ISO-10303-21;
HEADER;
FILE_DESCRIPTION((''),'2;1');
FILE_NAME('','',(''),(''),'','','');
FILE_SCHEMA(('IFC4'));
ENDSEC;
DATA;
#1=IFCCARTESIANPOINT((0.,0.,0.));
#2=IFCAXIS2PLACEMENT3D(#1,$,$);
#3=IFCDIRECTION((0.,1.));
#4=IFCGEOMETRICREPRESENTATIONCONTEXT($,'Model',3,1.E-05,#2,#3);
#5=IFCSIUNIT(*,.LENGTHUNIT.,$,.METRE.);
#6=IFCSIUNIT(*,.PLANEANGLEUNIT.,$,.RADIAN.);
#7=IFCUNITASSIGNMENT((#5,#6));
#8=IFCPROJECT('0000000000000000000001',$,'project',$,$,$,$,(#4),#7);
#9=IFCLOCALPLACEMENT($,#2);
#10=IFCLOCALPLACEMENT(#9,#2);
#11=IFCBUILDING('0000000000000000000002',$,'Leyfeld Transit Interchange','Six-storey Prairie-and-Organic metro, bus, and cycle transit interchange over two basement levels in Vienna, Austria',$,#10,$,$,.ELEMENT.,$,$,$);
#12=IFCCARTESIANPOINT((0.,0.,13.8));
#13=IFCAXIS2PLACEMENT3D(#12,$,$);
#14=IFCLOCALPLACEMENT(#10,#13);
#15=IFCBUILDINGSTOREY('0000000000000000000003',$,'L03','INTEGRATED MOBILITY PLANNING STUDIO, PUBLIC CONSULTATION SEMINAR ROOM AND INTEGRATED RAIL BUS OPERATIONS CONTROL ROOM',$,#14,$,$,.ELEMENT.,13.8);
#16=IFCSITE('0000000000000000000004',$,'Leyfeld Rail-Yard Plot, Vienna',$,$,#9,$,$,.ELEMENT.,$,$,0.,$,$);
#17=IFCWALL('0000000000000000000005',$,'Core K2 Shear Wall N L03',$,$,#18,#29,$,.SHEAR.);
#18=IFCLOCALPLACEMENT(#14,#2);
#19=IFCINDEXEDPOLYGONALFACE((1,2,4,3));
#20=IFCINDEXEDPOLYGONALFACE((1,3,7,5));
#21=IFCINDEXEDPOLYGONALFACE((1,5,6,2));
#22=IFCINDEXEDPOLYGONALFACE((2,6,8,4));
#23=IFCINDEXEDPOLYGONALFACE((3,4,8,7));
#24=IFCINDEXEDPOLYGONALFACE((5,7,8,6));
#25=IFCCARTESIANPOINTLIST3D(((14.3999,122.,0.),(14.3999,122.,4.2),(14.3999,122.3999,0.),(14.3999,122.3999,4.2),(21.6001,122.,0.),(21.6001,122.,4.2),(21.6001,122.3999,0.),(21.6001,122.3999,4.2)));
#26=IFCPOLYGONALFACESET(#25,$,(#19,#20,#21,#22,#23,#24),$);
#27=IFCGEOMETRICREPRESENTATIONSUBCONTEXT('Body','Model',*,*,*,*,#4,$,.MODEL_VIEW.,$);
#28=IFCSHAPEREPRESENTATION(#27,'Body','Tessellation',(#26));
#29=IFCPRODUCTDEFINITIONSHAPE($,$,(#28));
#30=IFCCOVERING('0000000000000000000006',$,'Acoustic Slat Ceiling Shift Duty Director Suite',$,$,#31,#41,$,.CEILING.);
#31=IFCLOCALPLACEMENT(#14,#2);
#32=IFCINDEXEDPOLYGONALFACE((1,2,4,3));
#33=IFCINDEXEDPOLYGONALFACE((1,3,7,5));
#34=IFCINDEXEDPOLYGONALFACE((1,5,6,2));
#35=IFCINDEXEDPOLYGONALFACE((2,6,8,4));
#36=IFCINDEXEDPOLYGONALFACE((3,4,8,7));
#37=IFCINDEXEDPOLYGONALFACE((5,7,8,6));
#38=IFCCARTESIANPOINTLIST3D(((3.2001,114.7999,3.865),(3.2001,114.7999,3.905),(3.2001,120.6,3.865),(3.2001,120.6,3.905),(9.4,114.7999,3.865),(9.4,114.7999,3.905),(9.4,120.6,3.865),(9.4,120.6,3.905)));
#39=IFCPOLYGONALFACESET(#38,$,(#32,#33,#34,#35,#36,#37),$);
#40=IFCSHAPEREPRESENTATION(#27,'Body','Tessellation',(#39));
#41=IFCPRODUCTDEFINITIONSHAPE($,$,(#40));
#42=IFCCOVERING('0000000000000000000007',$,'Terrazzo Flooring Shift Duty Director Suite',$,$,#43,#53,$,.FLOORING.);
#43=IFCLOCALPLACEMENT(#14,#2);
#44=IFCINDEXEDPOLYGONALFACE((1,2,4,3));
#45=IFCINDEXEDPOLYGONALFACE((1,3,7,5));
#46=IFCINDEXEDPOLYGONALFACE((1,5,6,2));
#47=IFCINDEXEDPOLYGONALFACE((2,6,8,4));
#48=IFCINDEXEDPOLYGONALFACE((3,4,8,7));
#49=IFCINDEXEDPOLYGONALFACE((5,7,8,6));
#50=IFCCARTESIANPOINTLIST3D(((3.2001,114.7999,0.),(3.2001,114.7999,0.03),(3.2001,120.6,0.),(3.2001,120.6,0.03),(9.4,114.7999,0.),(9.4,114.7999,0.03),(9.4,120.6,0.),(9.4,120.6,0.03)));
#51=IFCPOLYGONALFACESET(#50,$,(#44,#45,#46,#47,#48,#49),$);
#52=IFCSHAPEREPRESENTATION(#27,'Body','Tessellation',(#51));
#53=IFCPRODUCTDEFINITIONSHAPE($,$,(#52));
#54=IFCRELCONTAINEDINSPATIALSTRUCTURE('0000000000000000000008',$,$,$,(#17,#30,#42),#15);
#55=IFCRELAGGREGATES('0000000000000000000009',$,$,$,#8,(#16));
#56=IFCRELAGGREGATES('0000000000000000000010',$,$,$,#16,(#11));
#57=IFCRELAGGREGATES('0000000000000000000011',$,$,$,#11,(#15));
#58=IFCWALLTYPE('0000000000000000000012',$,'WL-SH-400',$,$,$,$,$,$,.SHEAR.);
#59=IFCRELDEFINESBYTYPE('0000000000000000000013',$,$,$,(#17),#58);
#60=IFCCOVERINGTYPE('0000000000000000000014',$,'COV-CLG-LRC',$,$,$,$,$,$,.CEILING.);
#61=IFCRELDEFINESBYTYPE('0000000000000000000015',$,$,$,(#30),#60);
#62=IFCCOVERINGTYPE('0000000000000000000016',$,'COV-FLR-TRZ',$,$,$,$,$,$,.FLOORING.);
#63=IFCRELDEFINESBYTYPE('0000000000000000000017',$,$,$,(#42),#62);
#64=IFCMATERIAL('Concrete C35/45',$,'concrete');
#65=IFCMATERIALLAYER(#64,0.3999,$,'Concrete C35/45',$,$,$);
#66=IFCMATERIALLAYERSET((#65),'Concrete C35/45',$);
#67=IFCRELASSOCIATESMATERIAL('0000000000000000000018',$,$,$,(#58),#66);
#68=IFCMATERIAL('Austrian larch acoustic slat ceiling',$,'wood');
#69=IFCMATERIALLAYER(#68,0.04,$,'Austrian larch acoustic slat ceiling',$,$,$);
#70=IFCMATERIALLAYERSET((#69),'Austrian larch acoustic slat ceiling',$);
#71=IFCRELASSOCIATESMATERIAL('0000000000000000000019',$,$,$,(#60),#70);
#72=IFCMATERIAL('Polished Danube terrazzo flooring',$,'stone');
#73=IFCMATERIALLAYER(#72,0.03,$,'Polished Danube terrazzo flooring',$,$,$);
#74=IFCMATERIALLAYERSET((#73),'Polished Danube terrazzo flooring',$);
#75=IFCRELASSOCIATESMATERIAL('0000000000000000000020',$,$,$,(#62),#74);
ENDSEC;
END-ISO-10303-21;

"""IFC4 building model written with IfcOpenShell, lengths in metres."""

from ifc_helpers import new_model, si_unit, direction, frame, frame_2d, origin, origin_2d, place, context, subcontext, project, spatial, rectangle, extrude, material, layer, layer_set, type_object, element, save


model = new_model("IFC4")

# Units and contexts
model_context = context("Model", 3, precision=1e-05, world=origin(), true_north=direction((0.0, 1.0)))
body_context = subcontext(model_context, "Body", "Model", "MODEL_VIEW")
ifc_project = project(units=[si_unit("LENGTHUNIT", "METRE"), si_unit("PLANEANGLEUNIT", "RADIAN")], contexts=[model_context])

# Site, building, storey
site_placement = place(None, origin())
site = spatial("IfcSite", under=ifc_project, at=site_placement, Name="Leyfeld Rail-Yard Plot, Vienna", CompositionType="ELEMENT", RefElevation=0.0)
building_placement = place(site_placement, origin())
building = spatial("IfcBuilding", under=site, at=building_placement, Name="Leyfeld Transit Interchange", Description="Six-storey Prairie-and-Organic metro, bus, and cycle transit interchange over two basement levels in Vienna, Austria", CompositionType="ELEMENT")
storey_placement = place(building_placement, frame((0.0, 0.0, 13.8)))
storey = spatial("IfcBuildingStorey", under=building, at=storey_placement, Name="L03", Description="INTEGRATED MOBILITY PLANNING STUDIO, PUBLIC CONSULTATION SEMINAR ROOM AND INTEGRATED RAIL BUS OPERATIONS CONTROL ROOM", CompositionType="ELEMENT", Elevation=13.8)

# Shared definitions
ifc_material_1 = material(Name="Concrete C35/45", Category="concrete")

# Wall
ifc_layer_1 = layer(ifc_material_1, 0.3999, Name="Concrete C35/45")
ifc_layer_set_1 = layer_set([ifc_layer_1], Name="Concrete C35/45")
wall_type_1 = type_object("IfcWallType", Name="WL-SH-400", PredefinedType="SHEAR", material=ifc_layer_set_1)
wall_1_placement = place(storey_placement, frame((14.3999, 122.2, 0.0), z_axis=(0.0, 0.0, 1.0), x_axis=(1.0, 0.0, 0.0)))
element("IfcWall", 1, at=wall_1_placement, inside=storey, type_object=wall_type_1, Name="Core K2 Shear Wall N L03", PredefinedType="SHEAR", context=body_context, shape_type="SweptSolid", body=[
    extrude(rectangle(XDim=7.2002, YDim=0.3999, at=frame_2d((3.6001, 0.0))), origin(), (0.0, 0.0, 1.0), 4.2),
])

# Coverings
ifc_material_2 = material(Name="Austrian larch acoustic slat ceiling", Category="wood")
ifc_layer_2 = layer(ifc_material_2, 0.04, Name="Austrian larch acoustic slat ceiling")
ifc_layer_set_2 = layer_set([ifc_layer_2], Name="Austrian larch acoustic slat ceiling")
covering_type_1 = type_object("IfcCoveringType", Name="COV-CLG-LRC", PredefinedType="CEILING", material=ifc_layer_set_2)
covering_1_placement = place(storey_placement, frame((6.3, 117.7, 3.865), z_axis=(0.0, 0.0, 1.0), x_axis=(1.0, 0.0, 0.0)))
element("IfcCovering", 2, at=covering_1_placement, inside=storey, type_object=covering_type_1, Name="Acoustic Slat Ceiling Shift Duty Director Suite", PredefinedType="CEILING", context=body_context, shape_type="SweptSolid", body=[
    extrude(rectangle(XDim=6.2, YDim=5.8, at=origin_2d()), origin(), (0.0, 0.0, 1.0), 0.04),
])
ifc_material_3 = material(Name="Polished Danube terrazzo flooring", Category="stone")
ifc_layer_3 = layer(ifc_material_3, 0.03, Name="Polished Danube terrazzo flooring")
ifc_layer_set_3 = layer_set([ifc_layer_3], Name="Polished Danube terrazzo flooring")
covering_type_2 = type_object("IfcCoveringType", Name="COV-FLR-TRZ", PredefinedType="FLOORING", material=ifc_layer_set_3)
covering_2_placement = place(storey_placement, frame((6.3, 117.7, 0.0), z_axis=(0.0, 0.0, 1.0), x_axis=(1.0, 0.0, 0.0)))
element("IfcCovering", 3, at=covering_2_placement, inside=storey, type_object=covering_type_2, Name="Terrazzo Flooring Shift Duty Director Suite", PredefinedType="FLOORING", context=body_context, shape_type="SweptSolid", body=[
    extrude(rectangle(XDim=6.2, YDim=5.8, at=origin_2d()), origin(), (0.0, 0.0, 1.0), 0.03),
])

save(model, "model.ifc")
